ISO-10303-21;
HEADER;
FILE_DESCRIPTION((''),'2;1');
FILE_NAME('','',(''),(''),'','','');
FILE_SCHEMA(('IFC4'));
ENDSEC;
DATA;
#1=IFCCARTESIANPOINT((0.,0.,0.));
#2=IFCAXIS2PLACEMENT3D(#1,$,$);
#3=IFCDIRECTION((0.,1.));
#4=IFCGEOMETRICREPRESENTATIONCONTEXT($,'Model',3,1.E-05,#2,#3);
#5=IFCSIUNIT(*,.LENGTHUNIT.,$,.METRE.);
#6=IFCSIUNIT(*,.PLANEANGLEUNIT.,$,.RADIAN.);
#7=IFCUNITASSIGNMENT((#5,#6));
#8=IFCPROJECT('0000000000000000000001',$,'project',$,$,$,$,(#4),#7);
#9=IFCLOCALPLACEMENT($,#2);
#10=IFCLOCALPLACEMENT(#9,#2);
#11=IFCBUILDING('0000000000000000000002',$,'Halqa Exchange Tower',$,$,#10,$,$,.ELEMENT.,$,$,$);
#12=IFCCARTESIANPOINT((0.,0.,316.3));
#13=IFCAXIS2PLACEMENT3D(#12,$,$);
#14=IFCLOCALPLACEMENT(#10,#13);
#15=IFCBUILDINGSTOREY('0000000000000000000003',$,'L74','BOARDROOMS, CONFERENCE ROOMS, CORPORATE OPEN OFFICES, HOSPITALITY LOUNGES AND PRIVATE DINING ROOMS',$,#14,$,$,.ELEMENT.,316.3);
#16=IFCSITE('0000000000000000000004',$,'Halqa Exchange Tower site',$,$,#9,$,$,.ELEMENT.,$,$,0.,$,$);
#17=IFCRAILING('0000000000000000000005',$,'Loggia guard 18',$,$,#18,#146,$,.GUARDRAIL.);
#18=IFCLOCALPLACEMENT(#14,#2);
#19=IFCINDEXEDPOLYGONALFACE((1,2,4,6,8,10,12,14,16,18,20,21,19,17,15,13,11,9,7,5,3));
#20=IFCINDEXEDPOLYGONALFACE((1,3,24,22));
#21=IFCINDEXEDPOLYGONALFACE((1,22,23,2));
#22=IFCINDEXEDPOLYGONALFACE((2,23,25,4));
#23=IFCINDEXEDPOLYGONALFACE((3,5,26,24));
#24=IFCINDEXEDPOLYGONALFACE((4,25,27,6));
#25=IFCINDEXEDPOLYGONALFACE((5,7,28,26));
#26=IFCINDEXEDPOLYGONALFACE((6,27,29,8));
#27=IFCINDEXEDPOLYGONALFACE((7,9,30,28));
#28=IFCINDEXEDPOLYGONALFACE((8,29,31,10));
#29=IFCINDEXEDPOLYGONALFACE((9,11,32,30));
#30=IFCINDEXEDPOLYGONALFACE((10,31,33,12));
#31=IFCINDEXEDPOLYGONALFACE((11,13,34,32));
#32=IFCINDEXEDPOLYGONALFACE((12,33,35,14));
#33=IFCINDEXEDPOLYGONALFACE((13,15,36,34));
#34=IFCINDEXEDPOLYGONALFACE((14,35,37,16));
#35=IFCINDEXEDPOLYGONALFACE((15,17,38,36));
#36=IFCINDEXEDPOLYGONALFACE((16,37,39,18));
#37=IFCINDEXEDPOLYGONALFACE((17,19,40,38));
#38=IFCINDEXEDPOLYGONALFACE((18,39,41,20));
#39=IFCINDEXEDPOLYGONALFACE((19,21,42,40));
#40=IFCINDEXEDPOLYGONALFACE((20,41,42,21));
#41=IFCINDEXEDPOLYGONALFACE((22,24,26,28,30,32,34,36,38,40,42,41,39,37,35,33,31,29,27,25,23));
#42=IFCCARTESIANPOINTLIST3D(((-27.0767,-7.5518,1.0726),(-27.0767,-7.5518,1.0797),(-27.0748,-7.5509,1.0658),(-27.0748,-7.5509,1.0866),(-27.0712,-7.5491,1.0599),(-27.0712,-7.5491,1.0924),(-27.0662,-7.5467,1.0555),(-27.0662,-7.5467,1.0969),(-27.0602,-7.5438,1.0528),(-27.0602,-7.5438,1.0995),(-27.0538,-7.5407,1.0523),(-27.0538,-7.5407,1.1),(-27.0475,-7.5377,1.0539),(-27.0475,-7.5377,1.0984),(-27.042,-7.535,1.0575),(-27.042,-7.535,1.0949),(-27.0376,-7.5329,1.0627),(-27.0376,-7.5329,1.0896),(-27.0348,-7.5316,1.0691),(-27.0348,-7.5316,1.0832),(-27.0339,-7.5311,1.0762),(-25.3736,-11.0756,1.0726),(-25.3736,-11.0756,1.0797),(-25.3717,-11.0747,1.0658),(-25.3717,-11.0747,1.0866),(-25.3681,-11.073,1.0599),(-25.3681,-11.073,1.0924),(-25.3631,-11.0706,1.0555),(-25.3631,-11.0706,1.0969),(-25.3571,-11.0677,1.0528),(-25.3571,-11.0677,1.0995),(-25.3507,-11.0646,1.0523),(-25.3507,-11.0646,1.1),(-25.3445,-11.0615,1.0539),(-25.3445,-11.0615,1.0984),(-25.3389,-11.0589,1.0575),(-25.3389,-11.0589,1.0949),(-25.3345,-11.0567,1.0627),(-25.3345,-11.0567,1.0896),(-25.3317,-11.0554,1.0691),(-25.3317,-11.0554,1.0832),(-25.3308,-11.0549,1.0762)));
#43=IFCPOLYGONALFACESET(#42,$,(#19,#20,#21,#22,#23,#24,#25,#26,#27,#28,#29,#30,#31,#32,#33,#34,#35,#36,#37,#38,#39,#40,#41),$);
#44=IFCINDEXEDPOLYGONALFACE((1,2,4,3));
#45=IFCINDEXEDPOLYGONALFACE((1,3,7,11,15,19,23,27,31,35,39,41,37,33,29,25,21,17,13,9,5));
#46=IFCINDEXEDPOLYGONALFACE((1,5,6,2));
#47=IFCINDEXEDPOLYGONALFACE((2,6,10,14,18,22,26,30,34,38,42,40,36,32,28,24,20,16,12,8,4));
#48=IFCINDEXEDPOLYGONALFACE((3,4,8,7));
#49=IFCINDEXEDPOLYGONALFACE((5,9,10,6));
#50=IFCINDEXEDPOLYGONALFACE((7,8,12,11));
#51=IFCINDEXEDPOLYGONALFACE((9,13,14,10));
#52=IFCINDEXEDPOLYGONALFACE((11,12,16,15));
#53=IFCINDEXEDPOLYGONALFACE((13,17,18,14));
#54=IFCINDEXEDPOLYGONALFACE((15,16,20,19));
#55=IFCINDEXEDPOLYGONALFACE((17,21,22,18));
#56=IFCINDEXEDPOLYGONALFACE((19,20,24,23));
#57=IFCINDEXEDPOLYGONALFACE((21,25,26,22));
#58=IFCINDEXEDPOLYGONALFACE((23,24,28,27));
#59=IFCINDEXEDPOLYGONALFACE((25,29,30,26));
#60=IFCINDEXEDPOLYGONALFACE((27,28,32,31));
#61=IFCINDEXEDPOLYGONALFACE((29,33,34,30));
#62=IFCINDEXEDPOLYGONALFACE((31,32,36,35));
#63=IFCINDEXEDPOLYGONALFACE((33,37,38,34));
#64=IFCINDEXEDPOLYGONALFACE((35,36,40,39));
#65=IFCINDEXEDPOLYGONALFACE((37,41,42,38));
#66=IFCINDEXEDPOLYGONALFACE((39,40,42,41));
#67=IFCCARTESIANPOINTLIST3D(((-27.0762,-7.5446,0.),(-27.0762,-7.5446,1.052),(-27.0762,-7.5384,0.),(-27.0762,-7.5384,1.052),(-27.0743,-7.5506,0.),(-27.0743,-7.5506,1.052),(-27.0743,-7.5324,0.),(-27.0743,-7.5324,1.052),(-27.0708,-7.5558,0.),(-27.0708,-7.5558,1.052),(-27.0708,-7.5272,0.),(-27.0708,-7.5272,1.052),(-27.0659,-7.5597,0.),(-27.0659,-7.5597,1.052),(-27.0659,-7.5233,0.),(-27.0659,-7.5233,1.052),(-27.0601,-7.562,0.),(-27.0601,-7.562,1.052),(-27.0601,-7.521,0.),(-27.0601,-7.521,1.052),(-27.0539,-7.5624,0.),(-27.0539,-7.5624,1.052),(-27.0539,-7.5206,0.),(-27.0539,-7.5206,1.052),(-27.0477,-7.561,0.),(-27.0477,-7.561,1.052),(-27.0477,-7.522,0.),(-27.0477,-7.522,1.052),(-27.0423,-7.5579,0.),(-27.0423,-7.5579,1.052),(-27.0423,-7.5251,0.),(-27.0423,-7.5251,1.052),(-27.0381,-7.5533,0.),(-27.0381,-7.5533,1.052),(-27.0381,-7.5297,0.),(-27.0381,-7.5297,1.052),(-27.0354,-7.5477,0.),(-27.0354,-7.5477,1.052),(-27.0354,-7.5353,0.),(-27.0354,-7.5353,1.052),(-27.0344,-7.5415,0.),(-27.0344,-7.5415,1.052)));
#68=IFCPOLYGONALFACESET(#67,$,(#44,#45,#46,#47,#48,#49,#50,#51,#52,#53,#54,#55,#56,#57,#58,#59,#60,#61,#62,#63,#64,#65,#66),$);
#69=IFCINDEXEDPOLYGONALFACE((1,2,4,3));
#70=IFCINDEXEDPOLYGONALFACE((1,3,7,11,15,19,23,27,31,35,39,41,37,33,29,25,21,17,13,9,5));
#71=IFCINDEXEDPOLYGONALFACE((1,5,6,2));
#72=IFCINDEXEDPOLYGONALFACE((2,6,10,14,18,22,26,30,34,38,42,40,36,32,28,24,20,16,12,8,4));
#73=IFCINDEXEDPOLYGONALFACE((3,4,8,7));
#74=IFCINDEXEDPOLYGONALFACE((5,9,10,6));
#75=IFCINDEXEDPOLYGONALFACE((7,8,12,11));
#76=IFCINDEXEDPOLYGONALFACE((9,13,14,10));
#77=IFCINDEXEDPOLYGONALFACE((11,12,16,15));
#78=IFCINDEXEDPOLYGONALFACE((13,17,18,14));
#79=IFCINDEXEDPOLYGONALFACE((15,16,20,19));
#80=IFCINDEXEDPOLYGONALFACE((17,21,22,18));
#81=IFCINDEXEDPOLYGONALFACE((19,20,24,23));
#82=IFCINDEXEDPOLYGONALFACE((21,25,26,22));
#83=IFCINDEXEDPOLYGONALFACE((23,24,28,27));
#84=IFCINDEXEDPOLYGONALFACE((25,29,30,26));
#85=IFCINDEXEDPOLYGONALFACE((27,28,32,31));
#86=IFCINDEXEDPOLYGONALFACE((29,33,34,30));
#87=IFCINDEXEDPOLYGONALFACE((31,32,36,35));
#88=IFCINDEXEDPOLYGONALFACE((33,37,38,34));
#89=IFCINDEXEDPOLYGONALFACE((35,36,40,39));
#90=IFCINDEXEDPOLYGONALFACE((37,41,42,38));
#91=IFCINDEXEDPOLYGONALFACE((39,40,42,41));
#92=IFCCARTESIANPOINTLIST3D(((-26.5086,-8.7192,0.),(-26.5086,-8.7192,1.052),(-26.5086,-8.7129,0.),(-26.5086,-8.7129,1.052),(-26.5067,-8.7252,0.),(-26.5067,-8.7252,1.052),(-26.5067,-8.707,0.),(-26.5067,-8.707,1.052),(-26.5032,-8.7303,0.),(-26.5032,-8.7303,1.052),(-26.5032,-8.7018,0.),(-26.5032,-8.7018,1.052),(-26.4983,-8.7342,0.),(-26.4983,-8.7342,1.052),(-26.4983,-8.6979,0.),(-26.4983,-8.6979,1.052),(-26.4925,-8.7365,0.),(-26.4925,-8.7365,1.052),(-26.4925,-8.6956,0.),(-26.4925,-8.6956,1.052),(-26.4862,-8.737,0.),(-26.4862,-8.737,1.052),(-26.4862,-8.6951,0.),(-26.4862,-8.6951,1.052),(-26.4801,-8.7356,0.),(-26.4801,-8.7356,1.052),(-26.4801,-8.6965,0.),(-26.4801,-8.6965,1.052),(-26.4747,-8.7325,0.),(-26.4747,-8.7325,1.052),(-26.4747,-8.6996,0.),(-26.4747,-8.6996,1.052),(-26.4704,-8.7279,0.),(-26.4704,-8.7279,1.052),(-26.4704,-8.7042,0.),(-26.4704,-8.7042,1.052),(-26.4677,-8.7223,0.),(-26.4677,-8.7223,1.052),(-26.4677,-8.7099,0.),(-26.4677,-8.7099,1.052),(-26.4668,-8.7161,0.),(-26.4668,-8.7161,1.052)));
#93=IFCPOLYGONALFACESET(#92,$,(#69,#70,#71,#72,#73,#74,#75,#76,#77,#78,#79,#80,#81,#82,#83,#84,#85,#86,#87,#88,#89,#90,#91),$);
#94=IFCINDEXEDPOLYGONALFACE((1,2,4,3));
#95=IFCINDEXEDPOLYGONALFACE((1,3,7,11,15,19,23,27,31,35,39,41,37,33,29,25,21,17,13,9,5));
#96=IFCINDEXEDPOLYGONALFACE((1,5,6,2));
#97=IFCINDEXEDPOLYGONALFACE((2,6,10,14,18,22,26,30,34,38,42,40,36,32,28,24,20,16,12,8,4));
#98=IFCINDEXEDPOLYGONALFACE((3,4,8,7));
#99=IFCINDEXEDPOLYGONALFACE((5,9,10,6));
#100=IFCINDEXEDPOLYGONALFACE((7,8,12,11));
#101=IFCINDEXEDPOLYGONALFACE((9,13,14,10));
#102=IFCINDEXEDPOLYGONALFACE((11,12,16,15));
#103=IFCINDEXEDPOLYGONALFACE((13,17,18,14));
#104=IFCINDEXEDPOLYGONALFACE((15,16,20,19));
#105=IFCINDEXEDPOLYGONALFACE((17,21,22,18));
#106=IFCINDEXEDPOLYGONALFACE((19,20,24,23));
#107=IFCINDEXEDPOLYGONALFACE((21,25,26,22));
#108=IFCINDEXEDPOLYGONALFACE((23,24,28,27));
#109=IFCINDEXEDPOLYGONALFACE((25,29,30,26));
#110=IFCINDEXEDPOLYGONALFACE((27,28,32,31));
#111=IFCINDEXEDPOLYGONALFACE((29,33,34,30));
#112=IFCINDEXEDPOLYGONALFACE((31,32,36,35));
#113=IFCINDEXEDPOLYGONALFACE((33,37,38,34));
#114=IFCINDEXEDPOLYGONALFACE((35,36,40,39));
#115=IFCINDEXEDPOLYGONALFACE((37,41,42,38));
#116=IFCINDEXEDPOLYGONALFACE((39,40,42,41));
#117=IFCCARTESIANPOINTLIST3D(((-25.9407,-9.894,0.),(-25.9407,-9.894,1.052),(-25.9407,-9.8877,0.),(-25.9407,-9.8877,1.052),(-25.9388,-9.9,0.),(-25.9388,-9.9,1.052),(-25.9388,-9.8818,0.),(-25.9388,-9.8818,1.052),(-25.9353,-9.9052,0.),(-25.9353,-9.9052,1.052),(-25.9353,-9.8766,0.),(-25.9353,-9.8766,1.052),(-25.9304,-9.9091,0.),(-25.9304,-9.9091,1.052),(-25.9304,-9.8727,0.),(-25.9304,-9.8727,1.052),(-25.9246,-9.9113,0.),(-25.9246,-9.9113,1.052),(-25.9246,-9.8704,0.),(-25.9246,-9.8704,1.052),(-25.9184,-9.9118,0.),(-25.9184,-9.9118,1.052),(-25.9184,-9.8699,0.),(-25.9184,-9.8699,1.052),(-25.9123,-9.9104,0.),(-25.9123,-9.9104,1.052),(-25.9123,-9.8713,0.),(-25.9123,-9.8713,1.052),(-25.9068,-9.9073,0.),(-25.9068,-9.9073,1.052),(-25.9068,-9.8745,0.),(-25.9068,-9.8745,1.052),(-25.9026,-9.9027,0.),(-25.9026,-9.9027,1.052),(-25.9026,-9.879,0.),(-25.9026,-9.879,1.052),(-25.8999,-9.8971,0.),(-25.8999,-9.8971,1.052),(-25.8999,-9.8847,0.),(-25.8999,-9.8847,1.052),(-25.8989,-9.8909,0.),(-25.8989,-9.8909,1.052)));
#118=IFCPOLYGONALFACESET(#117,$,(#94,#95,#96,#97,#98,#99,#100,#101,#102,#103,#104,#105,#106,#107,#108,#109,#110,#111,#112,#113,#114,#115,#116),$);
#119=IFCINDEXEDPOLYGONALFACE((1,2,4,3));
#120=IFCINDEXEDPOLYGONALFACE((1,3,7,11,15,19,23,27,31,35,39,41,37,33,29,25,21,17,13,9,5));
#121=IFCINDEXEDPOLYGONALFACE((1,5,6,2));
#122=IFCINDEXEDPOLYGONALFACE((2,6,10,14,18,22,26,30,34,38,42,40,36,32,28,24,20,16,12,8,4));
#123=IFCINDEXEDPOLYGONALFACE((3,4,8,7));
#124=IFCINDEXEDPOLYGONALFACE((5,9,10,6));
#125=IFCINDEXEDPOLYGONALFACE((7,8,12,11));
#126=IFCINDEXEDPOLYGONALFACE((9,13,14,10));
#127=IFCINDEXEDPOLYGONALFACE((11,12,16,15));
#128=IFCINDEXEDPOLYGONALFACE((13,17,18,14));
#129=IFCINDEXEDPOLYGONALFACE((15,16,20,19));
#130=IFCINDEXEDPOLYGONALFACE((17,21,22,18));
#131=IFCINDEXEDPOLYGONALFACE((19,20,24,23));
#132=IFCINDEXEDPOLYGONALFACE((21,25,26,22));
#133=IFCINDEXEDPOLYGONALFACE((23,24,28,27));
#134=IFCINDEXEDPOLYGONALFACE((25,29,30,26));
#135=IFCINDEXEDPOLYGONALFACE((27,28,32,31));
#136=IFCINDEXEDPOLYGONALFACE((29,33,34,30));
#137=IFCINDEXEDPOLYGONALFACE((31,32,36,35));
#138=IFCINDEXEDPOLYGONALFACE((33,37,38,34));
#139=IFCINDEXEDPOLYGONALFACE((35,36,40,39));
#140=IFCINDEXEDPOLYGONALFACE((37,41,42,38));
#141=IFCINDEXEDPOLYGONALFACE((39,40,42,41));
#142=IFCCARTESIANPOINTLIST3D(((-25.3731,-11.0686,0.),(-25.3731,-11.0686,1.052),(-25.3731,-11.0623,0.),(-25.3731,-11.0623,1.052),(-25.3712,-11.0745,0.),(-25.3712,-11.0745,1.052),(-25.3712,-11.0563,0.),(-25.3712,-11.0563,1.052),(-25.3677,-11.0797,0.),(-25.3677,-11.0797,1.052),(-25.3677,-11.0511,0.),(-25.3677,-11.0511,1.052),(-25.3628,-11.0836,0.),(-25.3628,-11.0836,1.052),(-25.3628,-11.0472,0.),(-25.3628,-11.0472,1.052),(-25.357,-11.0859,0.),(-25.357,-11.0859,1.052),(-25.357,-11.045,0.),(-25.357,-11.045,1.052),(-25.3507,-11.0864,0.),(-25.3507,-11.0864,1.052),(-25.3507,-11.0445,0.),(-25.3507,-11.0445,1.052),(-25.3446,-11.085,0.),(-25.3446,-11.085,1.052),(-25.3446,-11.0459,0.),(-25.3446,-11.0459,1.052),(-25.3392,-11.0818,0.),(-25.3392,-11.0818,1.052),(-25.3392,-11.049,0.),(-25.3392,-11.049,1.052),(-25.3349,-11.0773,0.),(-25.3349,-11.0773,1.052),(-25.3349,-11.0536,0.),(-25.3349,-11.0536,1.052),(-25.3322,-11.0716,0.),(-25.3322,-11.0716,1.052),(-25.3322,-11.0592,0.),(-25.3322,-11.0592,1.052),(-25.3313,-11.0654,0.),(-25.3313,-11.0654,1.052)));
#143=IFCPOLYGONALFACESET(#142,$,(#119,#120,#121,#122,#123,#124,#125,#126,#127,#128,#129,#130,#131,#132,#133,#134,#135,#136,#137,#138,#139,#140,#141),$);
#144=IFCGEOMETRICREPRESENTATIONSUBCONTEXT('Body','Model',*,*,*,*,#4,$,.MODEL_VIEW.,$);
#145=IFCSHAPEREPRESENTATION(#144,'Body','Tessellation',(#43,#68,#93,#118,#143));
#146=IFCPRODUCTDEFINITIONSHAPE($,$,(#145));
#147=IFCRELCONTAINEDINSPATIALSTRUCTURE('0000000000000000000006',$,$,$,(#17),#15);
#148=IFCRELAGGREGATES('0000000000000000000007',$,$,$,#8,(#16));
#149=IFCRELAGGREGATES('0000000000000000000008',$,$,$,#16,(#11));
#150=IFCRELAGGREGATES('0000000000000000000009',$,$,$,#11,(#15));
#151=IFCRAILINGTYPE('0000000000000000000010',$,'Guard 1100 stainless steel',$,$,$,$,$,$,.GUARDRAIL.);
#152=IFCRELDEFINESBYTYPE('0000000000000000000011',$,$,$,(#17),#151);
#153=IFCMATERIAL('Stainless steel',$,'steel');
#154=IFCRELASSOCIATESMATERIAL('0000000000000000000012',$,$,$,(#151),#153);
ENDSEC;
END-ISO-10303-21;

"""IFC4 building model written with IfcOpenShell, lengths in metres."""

from ifc_helpers import new_model, si_unit, direction, frame, origin, origin_2d, place, context, subcontext, project, spatial, circle, extrude, material, type_object, element, save


model = new_model("IFC4")

# Units and contexts
model_context = context("Model", 3, precision=1e-05, world=origin(), true_north=direction((0.0, 1.0)))
body_context = subcontext(model_context, "Body", "Model", "MODEL_VIEW")
ifc_project = project(units=[si_unit("LENGTHUNIT", "METRE"), si_unit("PLANEANGLEUNIT", "RADIAN")], contexts=[model_context])

# Site, building, storey
site_placement = place(None, origin())
site = spatial("IfcSite", under=ifc_project, at=site_placement, Name="Halqa Exchange Tower site", CompositionType="ELEMENT", RefElevation=0.0)
building_placement = place(site_placement, origin())
building = spatial("IfcBuilding", under=site, at=building_placement, Name="Halqa Exchange Tower", CompositionType="ELEMENT")
storey_placement = place(building_placement, frame((0.0, 0.0, 316.3)))
storey = spatial("IfcBuildingStorey", under=building, at=storey_placement, Name="L74", Description="BOARDROOMS, CONFERENCE ROOMS, CORPORATE OPEN OFFICES, HOSPITALITY LOUNGES AND PRIVATE DINING ROOMS", CompositionType="ELEMENT", Elevation=316.3)

# Railing
ifc_material_1 = material(Name="Stainless steel", Category="steel")
railing_type = type_object("IfcRailingType", Name="Guard 1100 stainless steel", PredefinedType="GUARDRAIL", material=ifc_material_1)
railing_1_placement = place(storey_placement, frame((-27.0554, -7.5415, 0.0)))
element("IfcRailing", 1, at=railing_1_placement, inside=storey, type_object=railing_type, Name="Loggia guard 18", PredefinedType="GUARDRAIL", context=body_context, shape_type="SweptSolid", body=[
    extrude(circle(Radius=0.0239, at=origin_2d()), frame((0.0, 0.0, 1.0762), z_axis=(0.435147, -0.90036, 0.0), x_axis=(0.90036, 0.435147, 0.0)), (0.0, 0.0, 1.0), 3.9138),
    extrude(circle(Radius=0.021, at=origin_2d()), origin(), (0.0, 0.0, 1.0), 1.052),
    extrude(circle(Radius=0.021, at=origin_2d()), frame((0.5676, -1.1746, 0.0)), (0.0, 0.0, 1.0), 1.052),
    extrude(circle(Radius=0.021, at=origin_2d()), frame((1.1355, -2.3494, 0.0)), (0.0, 0.0, 1.0), 1.052),
    extrude(circle(Radius=0.021, at=origin_2d()), frame((1.7031, -3.5239, 0.0)), (0.0, 0.0, 1.0), 1.052),
])

save(model, "model.ifc")
